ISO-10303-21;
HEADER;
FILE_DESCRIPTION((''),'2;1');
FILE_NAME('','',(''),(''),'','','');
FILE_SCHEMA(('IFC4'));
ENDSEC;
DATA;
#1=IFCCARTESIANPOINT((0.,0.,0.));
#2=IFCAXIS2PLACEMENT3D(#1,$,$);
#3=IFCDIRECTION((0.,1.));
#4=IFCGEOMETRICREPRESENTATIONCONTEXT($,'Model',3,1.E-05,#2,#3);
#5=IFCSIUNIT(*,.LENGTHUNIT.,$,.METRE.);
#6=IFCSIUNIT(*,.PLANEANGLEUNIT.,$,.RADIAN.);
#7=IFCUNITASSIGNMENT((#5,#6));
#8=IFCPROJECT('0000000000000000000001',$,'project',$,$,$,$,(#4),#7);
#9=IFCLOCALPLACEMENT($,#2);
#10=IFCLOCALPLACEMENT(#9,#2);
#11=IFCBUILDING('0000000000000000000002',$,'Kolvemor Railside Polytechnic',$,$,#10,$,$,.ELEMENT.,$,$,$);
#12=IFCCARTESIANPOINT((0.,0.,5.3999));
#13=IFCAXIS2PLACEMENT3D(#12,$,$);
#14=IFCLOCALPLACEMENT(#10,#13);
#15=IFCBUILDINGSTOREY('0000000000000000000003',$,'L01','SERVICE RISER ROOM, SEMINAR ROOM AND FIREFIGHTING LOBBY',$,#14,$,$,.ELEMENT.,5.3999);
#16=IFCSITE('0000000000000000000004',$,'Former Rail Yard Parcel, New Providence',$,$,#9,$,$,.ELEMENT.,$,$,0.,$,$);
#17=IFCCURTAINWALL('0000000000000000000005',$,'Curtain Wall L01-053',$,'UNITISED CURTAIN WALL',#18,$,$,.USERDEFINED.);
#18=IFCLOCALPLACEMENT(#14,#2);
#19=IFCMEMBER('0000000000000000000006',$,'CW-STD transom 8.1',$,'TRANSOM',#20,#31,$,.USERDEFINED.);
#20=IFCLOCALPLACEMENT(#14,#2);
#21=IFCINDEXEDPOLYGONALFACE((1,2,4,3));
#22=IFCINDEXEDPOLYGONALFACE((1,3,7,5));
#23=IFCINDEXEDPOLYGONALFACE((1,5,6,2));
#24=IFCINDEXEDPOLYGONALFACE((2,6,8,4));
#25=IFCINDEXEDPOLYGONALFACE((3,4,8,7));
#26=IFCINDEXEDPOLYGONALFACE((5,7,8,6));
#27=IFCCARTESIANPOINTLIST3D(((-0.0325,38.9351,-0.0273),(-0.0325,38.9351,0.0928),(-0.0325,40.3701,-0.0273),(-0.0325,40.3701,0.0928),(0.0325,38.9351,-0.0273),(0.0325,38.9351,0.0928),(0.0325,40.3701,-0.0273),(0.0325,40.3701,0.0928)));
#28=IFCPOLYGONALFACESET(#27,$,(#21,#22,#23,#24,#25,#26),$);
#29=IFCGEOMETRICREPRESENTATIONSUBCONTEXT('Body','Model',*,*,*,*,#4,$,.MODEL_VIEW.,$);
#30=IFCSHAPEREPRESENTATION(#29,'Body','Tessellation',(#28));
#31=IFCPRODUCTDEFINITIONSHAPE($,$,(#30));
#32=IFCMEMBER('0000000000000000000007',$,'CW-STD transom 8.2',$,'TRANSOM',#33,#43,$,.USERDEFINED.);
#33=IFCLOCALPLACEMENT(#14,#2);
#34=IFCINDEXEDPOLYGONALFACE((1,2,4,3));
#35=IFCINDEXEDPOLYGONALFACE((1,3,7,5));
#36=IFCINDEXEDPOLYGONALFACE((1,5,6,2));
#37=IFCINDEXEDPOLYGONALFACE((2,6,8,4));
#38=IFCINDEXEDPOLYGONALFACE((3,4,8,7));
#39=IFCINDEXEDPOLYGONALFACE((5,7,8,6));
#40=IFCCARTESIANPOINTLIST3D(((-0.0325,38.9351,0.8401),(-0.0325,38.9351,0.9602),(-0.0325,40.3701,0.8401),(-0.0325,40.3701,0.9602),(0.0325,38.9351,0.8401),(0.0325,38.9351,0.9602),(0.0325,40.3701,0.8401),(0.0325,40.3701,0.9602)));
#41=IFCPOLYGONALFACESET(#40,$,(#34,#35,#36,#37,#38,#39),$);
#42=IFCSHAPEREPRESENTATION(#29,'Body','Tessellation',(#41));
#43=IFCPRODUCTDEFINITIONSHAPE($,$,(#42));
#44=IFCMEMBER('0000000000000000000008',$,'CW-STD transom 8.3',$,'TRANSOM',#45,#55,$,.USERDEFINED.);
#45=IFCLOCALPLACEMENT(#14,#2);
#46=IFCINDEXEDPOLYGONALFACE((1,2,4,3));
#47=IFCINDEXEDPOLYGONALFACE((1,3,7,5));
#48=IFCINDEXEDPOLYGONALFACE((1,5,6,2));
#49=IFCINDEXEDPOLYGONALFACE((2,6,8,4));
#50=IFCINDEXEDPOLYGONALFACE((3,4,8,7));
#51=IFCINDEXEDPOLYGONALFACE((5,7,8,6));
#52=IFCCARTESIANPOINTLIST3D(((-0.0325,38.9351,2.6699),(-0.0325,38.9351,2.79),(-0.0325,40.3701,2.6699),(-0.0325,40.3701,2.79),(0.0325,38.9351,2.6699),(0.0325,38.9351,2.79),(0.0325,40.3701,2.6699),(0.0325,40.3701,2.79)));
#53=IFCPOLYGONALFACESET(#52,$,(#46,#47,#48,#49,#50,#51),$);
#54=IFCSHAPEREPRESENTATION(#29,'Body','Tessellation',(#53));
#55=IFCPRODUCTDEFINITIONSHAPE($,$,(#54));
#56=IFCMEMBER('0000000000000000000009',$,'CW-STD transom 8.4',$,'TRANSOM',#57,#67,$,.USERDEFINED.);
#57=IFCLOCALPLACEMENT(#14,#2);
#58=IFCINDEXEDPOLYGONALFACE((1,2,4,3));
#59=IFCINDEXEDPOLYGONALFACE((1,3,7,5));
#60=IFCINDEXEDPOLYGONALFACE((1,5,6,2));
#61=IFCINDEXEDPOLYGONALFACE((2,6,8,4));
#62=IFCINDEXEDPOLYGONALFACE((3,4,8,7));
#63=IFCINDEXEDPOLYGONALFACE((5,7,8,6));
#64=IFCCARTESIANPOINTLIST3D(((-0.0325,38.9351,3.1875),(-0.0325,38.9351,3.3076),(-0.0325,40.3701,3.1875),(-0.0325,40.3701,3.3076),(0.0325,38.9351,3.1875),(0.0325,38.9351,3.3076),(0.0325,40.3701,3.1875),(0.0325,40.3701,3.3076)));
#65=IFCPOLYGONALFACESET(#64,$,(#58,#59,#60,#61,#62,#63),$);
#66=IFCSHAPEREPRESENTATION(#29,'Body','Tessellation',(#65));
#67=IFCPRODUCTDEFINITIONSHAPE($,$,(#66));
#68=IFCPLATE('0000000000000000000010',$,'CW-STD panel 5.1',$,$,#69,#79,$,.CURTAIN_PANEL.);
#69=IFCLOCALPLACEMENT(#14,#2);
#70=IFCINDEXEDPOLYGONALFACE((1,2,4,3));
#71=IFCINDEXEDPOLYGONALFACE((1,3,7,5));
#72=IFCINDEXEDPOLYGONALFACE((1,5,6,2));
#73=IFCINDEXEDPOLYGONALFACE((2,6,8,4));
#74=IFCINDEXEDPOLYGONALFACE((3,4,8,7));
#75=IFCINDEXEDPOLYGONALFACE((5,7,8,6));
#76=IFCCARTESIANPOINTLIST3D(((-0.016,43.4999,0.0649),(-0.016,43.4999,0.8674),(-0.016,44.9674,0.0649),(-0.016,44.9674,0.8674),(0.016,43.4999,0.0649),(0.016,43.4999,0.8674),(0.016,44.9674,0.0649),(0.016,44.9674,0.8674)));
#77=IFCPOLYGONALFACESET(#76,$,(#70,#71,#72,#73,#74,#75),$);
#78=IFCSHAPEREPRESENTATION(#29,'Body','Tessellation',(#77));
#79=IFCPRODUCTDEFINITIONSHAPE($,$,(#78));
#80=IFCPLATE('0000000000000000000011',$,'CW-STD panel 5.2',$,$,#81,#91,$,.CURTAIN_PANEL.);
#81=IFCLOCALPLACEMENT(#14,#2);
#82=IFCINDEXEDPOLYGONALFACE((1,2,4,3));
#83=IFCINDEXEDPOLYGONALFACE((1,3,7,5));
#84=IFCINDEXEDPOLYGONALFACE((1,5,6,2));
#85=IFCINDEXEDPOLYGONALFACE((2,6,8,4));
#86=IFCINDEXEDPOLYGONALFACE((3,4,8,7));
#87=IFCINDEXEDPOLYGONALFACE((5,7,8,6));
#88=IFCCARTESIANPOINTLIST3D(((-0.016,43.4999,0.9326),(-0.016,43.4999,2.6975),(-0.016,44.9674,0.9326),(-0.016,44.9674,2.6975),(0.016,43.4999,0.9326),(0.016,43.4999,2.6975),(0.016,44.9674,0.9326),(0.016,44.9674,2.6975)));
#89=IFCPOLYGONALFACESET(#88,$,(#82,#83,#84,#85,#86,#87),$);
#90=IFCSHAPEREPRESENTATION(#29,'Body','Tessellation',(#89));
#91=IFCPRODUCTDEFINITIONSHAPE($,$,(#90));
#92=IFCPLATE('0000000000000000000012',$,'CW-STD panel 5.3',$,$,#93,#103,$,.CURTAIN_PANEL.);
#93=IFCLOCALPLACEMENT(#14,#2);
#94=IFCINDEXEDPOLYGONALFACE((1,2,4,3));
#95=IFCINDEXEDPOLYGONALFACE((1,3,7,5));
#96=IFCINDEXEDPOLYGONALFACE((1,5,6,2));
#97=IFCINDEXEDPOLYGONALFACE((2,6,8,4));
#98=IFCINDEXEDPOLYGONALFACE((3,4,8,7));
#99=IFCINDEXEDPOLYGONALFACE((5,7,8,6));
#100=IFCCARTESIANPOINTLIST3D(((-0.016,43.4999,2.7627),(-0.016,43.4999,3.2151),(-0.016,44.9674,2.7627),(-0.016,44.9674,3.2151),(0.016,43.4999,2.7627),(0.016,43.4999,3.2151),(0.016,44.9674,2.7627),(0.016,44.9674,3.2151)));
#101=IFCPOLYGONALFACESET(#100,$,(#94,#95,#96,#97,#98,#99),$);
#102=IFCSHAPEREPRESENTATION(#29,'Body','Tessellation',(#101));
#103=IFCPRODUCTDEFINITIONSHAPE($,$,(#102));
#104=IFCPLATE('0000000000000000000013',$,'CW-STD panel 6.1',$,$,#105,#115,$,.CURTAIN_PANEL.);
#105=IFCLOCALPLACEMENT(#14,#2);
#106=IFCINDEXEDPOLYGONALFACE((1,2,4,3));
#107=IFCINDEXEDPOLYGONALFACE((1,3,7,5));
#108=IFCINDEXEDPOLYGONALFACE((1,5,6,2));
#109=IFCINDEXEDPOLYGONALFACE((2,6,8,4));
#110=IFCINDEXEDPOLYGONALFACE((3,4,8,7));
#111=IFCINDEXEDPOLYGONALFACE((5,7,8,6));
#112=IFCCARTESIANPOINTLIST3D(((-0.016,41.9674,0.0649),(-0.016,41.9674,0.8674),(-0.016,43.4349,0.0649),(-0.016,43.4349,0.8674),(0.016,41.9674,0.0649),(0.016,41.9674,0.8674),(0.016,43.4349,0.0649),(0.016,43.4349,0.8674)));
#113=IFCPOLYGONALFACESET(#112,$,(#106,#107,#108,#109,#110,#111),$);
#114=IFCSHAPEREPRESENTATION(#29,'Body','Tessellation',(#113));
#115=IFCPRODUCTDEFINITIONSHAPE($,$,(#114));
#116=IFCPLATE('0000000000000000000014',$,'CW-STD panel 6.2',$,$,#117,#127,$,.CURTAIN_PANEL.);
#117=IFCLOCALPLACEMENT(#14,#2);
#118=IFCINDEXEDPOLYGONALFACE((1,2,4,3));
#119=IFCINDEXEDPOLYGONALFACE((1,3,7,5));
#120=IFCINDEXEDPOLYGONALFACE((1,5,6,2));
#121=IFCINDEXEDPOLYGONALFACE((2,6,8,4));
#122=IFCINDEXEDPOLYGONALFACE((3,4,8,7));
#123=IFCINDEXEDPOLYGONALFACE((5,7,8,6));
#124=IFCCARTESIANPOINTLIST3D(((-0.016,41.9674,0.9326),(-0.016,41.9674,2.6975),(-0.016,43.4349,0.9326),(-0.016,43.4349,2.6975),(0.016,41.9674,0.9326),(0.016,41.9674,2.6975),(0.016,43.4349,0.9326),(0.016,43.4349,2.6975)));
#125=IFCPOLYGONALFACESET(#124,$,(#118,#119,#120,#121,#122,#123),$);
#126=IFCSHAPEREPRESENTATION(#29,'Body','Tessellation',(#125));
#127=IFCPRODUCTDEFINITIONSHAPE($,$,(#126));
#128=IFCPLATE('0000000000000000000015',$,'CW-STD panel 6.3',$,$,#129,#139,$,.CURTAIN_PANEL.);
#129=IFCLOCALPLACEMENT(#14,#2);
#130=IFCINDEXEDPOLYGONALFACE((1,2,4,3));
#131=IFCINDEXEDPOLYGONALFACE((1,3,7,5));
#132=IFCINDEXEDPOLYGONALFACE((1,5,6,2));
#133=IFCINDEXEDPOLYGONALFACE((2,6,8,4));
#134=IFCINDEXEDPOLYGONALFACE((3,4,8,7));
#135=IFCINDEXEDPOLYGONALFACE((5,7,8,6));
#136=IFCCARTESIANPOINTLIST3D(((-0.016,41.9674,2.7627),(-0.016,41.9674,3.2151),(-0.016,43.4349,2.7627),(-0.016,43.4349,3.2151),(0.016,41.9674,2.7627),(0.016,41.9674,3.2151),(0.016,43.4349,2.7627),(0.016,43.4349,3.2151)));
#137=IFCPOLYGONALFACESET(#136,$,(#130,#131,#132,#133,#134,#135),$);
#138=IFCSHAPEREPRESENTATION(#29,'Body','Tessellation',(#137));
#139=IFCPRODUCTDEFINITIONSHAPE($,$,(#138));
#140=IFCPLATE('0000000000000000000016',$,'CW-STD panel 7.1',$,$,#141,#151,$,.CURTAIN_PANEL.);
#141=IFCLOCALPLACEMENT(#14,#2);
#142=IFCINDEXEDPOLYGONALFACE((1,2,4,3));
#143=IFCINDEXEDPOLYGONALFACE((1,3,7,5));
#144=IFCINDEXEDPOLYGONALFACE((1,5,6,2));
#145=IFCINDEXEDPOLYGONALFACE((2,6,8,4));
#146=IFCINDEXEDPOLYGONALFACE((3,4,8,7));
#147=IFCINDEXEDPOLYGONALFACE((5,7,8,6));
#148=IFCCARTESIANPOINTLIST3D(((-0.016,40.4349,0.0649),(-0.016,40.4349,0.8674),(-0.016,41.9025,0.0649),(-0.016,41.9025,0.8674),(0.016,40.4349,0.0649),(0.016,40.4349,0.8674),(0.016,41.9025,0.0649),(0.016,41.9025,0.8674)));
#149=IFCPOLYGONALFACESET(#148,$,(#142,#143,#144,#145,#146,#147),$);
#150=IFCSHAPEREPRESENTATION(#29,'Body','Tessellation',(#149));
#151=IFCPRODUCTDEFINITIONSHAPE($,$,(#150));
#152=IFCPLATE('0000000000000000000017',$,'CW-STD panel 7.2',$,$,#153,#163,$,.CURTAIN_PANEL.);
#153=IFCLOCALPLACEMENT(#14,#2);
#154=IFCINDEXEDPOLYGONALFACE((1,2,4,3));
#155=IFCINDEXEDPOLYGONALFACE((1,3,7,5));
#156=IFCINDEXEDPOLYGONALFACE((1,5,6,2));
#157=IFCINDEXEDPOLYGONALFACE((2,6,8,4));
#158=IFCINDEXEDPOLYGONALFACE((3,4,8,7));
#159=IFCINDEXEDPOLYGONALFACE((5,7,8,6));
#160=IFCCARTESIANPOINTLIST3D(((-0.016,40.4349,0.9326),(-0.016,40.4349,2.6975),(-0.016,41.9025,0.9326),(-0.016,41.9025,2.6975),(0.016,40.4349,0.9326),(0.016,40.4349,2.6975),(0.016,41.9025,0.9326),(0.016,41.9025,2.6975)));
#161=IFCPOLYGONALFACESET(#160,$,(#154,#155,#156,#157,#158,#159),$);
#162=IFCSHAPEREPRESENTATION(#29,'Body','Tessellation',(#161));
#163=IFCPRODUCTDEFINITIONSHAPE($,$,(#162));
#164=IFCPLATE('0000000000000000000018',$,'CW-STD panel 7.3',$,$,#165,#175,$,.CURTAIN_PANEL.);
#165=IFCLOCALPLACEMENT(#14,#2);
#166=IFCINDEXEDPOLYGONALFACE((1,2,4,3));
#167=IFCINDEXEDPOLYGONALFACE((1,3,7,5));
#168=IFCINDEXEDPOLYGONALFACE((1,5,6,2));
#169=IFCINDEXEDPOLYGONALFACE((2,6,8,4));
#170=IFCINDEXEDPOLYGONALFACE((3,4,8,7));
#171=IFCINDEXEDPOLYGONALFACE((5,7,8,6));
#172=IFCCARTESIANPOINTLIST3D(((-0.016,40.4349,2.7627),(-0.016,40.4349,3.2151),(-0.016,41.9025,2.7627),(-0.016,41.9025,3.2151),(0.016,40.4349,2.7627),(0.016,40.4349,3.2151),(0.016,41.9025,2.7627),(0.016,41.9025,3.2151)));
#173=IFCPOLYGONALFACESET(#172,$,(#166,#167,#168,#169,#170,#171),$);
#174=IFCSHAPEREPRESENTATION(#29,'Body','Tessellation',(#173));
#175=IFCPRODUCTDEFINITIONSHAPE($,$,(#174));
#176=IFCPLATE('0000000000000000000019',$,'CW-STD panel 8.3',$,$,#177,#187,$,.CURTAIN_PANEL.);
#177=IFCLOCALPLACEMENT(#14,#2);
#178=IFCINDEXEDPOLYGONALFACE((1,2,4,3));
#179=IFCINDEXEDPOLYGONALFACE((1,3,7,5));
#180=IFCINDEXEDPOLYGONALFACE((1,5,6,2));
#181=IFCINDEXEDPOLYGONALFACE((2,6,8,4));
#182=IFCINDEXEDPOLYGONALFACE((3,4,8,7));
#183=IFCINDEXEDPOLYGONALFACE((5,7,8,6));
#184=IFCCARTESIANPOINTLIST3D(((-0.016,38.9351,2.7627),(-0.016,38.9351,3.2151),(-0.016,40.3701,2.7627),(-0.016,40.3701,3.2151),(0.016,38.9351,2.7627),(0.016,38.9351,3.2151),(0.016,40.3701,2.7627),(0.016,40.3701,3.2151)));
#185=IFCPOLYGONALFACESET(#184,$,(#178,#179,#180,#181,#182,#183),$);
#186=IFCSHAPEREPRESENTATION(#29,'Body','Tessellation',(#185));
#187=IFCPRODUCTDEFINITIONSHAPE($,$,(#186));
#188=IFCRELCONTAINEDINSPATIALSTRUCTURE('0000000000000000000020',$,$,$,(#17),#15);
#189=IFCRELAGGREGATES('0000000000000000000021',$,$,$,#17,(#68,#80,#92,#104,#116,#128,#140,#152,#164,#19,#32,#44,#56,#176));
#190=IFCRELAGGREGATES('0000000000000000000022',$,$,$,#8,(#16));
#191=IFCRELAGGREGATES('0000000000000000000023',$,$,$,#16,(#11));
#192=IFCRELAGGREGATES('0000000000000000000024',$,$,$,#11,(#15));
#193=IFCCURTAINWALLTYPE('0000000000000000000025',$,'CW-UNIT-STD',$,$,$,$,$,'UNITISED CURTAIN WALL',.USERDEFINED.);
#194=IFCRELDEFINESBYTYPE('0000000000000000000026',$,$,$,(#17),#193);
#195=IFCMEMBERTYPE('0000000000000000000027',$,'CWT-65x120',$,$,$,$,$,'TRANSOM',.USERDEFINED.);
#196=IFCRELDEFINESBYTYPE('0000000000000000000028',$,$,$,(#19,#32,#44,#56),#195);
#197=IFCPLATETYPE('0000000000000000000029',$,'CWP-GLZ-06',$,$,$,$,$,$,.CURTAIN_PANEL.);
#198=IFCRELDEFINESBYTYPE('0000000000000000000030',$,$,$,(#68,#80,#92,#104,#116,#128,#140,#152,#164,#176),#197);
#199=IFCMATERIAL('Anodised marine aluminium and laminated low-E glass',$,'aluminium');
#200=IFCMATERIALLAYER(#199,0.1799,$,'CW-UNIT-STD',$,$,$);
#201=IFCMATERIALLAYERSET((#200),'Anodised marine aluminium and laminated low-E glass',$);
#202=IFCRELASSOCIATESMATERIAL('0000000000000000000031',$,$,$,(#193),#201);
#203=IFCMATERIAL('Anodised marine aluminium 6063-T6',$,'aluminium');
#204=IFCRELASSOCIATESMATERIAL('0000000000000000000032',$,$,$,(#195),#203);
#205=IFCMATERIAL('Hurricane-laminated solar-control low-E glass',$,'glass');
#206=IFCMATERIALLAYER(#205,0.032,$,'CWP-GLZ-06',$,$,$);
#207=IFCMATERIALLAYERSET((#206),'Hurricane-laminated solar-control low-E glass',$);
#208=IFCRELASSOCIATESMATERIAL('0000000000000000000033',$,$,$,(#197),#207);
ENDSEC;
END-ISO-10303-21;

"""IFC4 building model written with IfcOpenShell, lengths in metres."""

from ifc_helpers import new_model, si_unit, direction, frame, origin, origin_2d, place, context, subcontext, project, spatial, rectangle, extrude, material, layer, layer_set, material_profile, profile_set, type_object, element, aggregate, save


model = new_model("IFC4")

# Units and contexts
model_context = context("Model", 3, precision=1e-05, world=origin(), true_north=direction((0.0, 1.0)))
body_context = subcontext(model_context, "Body", "Model", "MODEL_VIEW")
ifc_project = project(units=[si_unit("LENGTHUNIT", "METRE"), si_unit("PLANEANGLEUNIT", "RADIAN")], contexts=[model_context])

# Site, building, storey
site_placement = place(None, origin())
site = spatial("IfcSite", under=ifc_project, at=site_placement, Name="Former Rail Yard Parcel, New Providence", CompositionType="ELEMENT", RefElevation=0.0)
building_placement = place(site_placement, origin())
building = spatial("IfcBuilding", under=site, at=building_placement, Name="Kolvemor Railside Polytechnic", CompositionType="ELEMENT")
storey_placement = place(building_placement, frame((0.0, 0.0, 5.3999)))
storey = spatial("IfcBuildingStorey", under=building, at=storey_placement, Name="L01", Description="SERVICE RISER ROOM, SEMINAR ROOM AND FIREFIGHTING LOBBY", CompositionType="ELEMENT", Elevation=5.3999)

# Curtain wall, members, plates
ifc_material_1 = material(Name="Anodised marine aluminium and laminated low-E glass", Category="aluminium")
ifc_layer_1 = layer(ifc_material_1, 0.1799, Name="CW-UNIT-STD")
ifc_layer_set_1 = layer_set([ifc_layer_1], Name="Anodised marine aluminium and laminated low-E glass")
curtain_wall_type = type_object("IfcCurtainWallType", Name="CW-UNIT-STD", ElementType="UNITISED CURTAIN WALL", PredefinedType="USERDEFINED", material=ifc_layer_set_1)
curtain_wall_placement = place(storey_placement, origin())
curtain_wall = element("IfcCurtainWall", 1, at=curtain_wall_placement, inside=storey, type_object=curtain_wall_type, Name="Curtain Wall L01-053", ObjectType="UNITISED CURTAIN WALL", PredefinedType="USERDEFINED")
ifc_material_2 = material(Name="Anodised marine aluminium 6063-T6", Category="aluminium")
ifc_material_profile_1 = material_profile(ifc_material_2, rectangle(XDim=0.0649, YDim=0.1201, at=origin_2d()), Name="CW-TRN-65x120")
ifc_profile_set_1 = profile_set([ifc_material_profile_1], Name="Anodised marine aluminium 6063-T6")
member_type_1 = type_object("IfcMemberType", Name="CWT-65x120", ElementType="TRANSOM", PredefinedType="USERDEFINED", material=ifc_profile_set_1)
member_1_placement = place(storey_placement, frame((0.0, 40.3701, 0.0327), z_axis=(0.0, -1.0, 0.0), x_axis=(1.0, 0.0, 0.0)))
member_1 = element("IfcMember", 2, at=member_1_placement, type_object=member_type_1, Name="CW-STD transom 8.1", ObjectType="TRANSOM", PredefinedType="USERDEFINED", context=body_context, shape_type="SweptSolid", body=[
    extrude(rectangle(XDim=0.0649, YDim=0.1201, at=origin_2d()), origin(), (0.0, 0.0, 1.0), 1.4351),
])
member_2_placement = place(storey_placement, frame((0.0, 40.3701, 0.9001), z_axis=(0.0, -1.0, 0.0), x_axis=(1.0, 0.0, 0.0)))
member_2 = element("IfcMember", 3, at=member_2_placement, type_object=member_type_1, Name="CW-STD transom 8.2", ObjectType="TRANSOM", PredefinedType="USERDEFINED", context=body_context, shape_type="SweptSolid", body=[
    extrude(rectangle(XDim=0.0649, YDim=0.1201, at=origin_2d()), origin(), (0.0, 0.0, 1.0), 1.4351),
])
member_3_placement = place(storey_placement, frame((0.0, 40.3701, 2.73), z_axis=(0.0, -1.0, 0.0), x_axis=(1.0, 0.0, 0.0)))
member_3 = element("IfcMember", 4, at=member_3_placement, type_object=member_type_1, Name="CW-STD transom 8.3", ObjectType="TRANSOM", PredefinedType="USERDEFINED", context=body_context, shape_type="SweptSolid", body=[
    extrude(rectangle(XDim=0.0649, YDim=0.1201, at=origin_2d()), origin(), (0.0, 0.0, 1.0), 1.4351),
])
member_4_placement = place(storey_placement, frame((0.0, 40.3701, 3.2476), z_axis=(0.0, -1.0, 0.0), x_axis=(1.0, 0.0, 0.0)))
member_4 = element("IfcMember", 5, at=member_4_placement, type_object=member_type_1, Name="CW-STD transom 8.4", ObjectType="TRANSOM", PredefinedType="USERDEFINED", context=body_context, shape_type="SweptSolid", body=[
    extrude(rectangle(XDim=0.0649, YDim=0.1201, at=origin_2d()), origin(), (0.0, 0.0, 1.0), 1.4351),
])
ifc_material_3 = material(Name="Hurricane-laminated solar-control low-E glass", Category="glass")
ifc_layer_2 = layer(ifc_material_3, 0.032, Name="CWP-GLZ-06")
ifc_layer_set_2 = layer_set([ifc_layer_2], Name="Hurricane-laminated solar-control low-E glass")
plate_type = type_object("IfcPlateType", Name="CWP-GLZ-06", PredefinedType="CURTAIN_PANEL", material=ifc_layer_set_2)
plate_1_placement = place(storey_placement, frame((0.0, 44.2336, 0.0649), z_axis=(0.0, 0.0, 1.0), x_axis=(0.0, -1.0, 0.0)))
plate_1 = element("IfcPlate", 6, at=plate_1_placement, type_object=plate_type, Name="CW-STD panel 5.1", PredefinedType="CURTAIN_PANEL", context=body_context, shape_type="SweptSolid", body=[
    extrude(rectangle(XDim=1.4675, YDim=0.032, at=origin_2d()), origin(), (0.0, 0.0, 1.0), 0.8025),
])
plate_2_placement = place(storey_placement, frame((0.0, 44.2336, 0.9326), z_axis=(0.0, 0.0, 1.0), x_axis=(0.0, -1.0, 0.0)))
plate_2 = element("IfcPlate", 7, at=plate_2_placement, type_object=plate_type, Name="CW-STD panel 5.2", PredefinedType="CURTAIN_PANEL", context=body_context, shape_type="SweptSolid", body=[
    extrude(rectangle(XDim=1.4675, YDim=0.032, at=origin_2d()), origin(), (0.0, 0.0, 1.0), 1.7649),
])
plate_3_placement = place(storey_placement, frame((0.0, 44.2336, 2.7627), z_axis=(0.0, 0.0, 1.0), x_axis=(0.0, -1.0, 0.0)))
plate_3 = element("IfcPlate", 8, at=plate_3_placement, type_object=plate_type, Name="CW-STD panel 5.3", PredefinedType="CURTAIN_PANEL", context=body_context, shape_type="SweptSolid", body=[
    extrude(rectangle(XDim=1.4675, YDim=0.032, at=origin_2d()), origin(), (0.0, 0.0, 1.0), 0.4524),
])
plate_4_placement = place(storey_placement, frame((0.0, 42.7012, 0.0649), z_axis=(0.0, 0.0, 1.0), x_axis=(0.0, -1.0, 0.0)))
plate_4 = element("IfcPlate", 9, at=plate_4_placement, type_object=plate_type, Name="CW-STD panel 6.1", PredefinedType="CURTAIN_PANEL", context=body_context, shape_type="SweptSolid", body=[
    extrude(rectangle(XDim=1.4675, YDim=0.032, at=origin_2d()), origin(), (0.0, 0.0, 1.0), 0.8025),
])
plate_5_placement = place(storey_placement, frame((0.0, 42.7012, 0.9326), z_axis=(0.0, 0.0, 1.0), x_axis=(0.0, -1.0, 0.0)))
plate_5 = element("IfcPlate", 10, at=plate_5_placement, type_object=plate_type, Name="CW-STD panel 6.2", PredefinedType="CURTAIN_PANEL", context=body_context, shape_type="SweptSolid", body=[
    extrude(rectangle(XDim=1.4675, YDim=0.032, at=origin_2d()), origin(), (0.0, 0.0, 1.0), 1.7649),
])
plate_6_placement = place(storey_placement, frame((0.0, 42.7012, 2.7627), z_axis=(0.0, 0.0, 1.0), x_axis=(0.0, -1.0, 0.0)))
plate_6 = element("IfcPlate", 11, at=plate_6_placement, type_object=plate_type, Name="CW-STD panel 6.3", PredefinedType="CURTAIN_PANEL", context=body_context, shape_type="SweptSolid", body=[
    extrude(rectangle(XDim=1.4675, YDim=0.032, at=origin_2d()), origin(), (0.0, 0.0, 1.0), 0.4524),
])
plate_7_placement = place(storey_placement, frame((0.0, 41.1687, 0.0649), z_axis=(0.0, 0.0, 1.0), x_axis=(0.0, -1.0, 0.0)))
plate_7 = element("IfcPlate", 12, at=plate_7_placement, type_object=plate_type, Name="CW-STD panel 7.1", PredefinedType="CURTAIN_PANEL", context=body_context, shape_type="SweptSolid", body=[
    extrude(rectangle(XDim=1.4675, YDim=0.032, at=origin_2d()), origin(), (0.0, 0.0, 1.0), 0.8025),
])
plate_8_placement = place(storey_placement, frame((0.0, 41.1687, 0.9326), z_axis=(0.0, 0.0, 1.0), x_axis=(0.0, -1.0, 0.0)))
plate_8 = element("IfcPlate", 13, at=plate_8_placement, type_object=plate_type, Name="CW-STD panel 7.2", PredefinedType="CURTAIN_PANEL", context=body_context, shape_type="SweptSolid", body=[
    extrude(rectangle(XDim=1.4675, YDim=0.032, at=origin_2d()), origin(), (0.0, 0.0, 1.0), 1.7649),
])
plate_9_placement = place(storey_placement, frame((0.0, 41.1687, 2.7627), z_axis=(0.0, 0.0, 1.0), x_axis=(0.0, -1.0, 0.0)))
plate_9 = element("IfcPlate", 14, at=plate_9_placement, type_object=plate_type, Name="CW-STD panel 7.3", PredefinedType="CURTAIN_PANEL", context=body_context, shape_type="SweptSolid", body=[
    extrude(rectangle(XDim=1.4675, YDim=0.032, at=origin_2d()), origin(), (0.0, 0.0, 1.0), 0.4524),
])
plate_10_placement = place(storey_placement, frame((0.0, 39.6526, 2.7627), z_axis=(0.0, 0.0, 1.0), x_axis=(0.0, -1.0, 0.0)))
plate_10 = element("IfcPlate", 15, at=plate_10_placement, type_object=plate_type, Name="CW-STD panel 8.3", PredefinedType="CURTAIN_PANEL", context=body_context, shape_type="SweptSolid", body=[
    extrude(rectangle(XDim=1.4351, YDim=0.032, at=origin_2d()), origin(), (0.0, 0.0, 1.0), 0.4524),
])
aggregate(curtain_wall, [plate_1, plate_2, plate_3, plate_4, plate_5, plate_6, plate_7, plate_8, plate_9, member_1, member_2, member_3, member_4, plate_10])

save(model, "model.ifc")
